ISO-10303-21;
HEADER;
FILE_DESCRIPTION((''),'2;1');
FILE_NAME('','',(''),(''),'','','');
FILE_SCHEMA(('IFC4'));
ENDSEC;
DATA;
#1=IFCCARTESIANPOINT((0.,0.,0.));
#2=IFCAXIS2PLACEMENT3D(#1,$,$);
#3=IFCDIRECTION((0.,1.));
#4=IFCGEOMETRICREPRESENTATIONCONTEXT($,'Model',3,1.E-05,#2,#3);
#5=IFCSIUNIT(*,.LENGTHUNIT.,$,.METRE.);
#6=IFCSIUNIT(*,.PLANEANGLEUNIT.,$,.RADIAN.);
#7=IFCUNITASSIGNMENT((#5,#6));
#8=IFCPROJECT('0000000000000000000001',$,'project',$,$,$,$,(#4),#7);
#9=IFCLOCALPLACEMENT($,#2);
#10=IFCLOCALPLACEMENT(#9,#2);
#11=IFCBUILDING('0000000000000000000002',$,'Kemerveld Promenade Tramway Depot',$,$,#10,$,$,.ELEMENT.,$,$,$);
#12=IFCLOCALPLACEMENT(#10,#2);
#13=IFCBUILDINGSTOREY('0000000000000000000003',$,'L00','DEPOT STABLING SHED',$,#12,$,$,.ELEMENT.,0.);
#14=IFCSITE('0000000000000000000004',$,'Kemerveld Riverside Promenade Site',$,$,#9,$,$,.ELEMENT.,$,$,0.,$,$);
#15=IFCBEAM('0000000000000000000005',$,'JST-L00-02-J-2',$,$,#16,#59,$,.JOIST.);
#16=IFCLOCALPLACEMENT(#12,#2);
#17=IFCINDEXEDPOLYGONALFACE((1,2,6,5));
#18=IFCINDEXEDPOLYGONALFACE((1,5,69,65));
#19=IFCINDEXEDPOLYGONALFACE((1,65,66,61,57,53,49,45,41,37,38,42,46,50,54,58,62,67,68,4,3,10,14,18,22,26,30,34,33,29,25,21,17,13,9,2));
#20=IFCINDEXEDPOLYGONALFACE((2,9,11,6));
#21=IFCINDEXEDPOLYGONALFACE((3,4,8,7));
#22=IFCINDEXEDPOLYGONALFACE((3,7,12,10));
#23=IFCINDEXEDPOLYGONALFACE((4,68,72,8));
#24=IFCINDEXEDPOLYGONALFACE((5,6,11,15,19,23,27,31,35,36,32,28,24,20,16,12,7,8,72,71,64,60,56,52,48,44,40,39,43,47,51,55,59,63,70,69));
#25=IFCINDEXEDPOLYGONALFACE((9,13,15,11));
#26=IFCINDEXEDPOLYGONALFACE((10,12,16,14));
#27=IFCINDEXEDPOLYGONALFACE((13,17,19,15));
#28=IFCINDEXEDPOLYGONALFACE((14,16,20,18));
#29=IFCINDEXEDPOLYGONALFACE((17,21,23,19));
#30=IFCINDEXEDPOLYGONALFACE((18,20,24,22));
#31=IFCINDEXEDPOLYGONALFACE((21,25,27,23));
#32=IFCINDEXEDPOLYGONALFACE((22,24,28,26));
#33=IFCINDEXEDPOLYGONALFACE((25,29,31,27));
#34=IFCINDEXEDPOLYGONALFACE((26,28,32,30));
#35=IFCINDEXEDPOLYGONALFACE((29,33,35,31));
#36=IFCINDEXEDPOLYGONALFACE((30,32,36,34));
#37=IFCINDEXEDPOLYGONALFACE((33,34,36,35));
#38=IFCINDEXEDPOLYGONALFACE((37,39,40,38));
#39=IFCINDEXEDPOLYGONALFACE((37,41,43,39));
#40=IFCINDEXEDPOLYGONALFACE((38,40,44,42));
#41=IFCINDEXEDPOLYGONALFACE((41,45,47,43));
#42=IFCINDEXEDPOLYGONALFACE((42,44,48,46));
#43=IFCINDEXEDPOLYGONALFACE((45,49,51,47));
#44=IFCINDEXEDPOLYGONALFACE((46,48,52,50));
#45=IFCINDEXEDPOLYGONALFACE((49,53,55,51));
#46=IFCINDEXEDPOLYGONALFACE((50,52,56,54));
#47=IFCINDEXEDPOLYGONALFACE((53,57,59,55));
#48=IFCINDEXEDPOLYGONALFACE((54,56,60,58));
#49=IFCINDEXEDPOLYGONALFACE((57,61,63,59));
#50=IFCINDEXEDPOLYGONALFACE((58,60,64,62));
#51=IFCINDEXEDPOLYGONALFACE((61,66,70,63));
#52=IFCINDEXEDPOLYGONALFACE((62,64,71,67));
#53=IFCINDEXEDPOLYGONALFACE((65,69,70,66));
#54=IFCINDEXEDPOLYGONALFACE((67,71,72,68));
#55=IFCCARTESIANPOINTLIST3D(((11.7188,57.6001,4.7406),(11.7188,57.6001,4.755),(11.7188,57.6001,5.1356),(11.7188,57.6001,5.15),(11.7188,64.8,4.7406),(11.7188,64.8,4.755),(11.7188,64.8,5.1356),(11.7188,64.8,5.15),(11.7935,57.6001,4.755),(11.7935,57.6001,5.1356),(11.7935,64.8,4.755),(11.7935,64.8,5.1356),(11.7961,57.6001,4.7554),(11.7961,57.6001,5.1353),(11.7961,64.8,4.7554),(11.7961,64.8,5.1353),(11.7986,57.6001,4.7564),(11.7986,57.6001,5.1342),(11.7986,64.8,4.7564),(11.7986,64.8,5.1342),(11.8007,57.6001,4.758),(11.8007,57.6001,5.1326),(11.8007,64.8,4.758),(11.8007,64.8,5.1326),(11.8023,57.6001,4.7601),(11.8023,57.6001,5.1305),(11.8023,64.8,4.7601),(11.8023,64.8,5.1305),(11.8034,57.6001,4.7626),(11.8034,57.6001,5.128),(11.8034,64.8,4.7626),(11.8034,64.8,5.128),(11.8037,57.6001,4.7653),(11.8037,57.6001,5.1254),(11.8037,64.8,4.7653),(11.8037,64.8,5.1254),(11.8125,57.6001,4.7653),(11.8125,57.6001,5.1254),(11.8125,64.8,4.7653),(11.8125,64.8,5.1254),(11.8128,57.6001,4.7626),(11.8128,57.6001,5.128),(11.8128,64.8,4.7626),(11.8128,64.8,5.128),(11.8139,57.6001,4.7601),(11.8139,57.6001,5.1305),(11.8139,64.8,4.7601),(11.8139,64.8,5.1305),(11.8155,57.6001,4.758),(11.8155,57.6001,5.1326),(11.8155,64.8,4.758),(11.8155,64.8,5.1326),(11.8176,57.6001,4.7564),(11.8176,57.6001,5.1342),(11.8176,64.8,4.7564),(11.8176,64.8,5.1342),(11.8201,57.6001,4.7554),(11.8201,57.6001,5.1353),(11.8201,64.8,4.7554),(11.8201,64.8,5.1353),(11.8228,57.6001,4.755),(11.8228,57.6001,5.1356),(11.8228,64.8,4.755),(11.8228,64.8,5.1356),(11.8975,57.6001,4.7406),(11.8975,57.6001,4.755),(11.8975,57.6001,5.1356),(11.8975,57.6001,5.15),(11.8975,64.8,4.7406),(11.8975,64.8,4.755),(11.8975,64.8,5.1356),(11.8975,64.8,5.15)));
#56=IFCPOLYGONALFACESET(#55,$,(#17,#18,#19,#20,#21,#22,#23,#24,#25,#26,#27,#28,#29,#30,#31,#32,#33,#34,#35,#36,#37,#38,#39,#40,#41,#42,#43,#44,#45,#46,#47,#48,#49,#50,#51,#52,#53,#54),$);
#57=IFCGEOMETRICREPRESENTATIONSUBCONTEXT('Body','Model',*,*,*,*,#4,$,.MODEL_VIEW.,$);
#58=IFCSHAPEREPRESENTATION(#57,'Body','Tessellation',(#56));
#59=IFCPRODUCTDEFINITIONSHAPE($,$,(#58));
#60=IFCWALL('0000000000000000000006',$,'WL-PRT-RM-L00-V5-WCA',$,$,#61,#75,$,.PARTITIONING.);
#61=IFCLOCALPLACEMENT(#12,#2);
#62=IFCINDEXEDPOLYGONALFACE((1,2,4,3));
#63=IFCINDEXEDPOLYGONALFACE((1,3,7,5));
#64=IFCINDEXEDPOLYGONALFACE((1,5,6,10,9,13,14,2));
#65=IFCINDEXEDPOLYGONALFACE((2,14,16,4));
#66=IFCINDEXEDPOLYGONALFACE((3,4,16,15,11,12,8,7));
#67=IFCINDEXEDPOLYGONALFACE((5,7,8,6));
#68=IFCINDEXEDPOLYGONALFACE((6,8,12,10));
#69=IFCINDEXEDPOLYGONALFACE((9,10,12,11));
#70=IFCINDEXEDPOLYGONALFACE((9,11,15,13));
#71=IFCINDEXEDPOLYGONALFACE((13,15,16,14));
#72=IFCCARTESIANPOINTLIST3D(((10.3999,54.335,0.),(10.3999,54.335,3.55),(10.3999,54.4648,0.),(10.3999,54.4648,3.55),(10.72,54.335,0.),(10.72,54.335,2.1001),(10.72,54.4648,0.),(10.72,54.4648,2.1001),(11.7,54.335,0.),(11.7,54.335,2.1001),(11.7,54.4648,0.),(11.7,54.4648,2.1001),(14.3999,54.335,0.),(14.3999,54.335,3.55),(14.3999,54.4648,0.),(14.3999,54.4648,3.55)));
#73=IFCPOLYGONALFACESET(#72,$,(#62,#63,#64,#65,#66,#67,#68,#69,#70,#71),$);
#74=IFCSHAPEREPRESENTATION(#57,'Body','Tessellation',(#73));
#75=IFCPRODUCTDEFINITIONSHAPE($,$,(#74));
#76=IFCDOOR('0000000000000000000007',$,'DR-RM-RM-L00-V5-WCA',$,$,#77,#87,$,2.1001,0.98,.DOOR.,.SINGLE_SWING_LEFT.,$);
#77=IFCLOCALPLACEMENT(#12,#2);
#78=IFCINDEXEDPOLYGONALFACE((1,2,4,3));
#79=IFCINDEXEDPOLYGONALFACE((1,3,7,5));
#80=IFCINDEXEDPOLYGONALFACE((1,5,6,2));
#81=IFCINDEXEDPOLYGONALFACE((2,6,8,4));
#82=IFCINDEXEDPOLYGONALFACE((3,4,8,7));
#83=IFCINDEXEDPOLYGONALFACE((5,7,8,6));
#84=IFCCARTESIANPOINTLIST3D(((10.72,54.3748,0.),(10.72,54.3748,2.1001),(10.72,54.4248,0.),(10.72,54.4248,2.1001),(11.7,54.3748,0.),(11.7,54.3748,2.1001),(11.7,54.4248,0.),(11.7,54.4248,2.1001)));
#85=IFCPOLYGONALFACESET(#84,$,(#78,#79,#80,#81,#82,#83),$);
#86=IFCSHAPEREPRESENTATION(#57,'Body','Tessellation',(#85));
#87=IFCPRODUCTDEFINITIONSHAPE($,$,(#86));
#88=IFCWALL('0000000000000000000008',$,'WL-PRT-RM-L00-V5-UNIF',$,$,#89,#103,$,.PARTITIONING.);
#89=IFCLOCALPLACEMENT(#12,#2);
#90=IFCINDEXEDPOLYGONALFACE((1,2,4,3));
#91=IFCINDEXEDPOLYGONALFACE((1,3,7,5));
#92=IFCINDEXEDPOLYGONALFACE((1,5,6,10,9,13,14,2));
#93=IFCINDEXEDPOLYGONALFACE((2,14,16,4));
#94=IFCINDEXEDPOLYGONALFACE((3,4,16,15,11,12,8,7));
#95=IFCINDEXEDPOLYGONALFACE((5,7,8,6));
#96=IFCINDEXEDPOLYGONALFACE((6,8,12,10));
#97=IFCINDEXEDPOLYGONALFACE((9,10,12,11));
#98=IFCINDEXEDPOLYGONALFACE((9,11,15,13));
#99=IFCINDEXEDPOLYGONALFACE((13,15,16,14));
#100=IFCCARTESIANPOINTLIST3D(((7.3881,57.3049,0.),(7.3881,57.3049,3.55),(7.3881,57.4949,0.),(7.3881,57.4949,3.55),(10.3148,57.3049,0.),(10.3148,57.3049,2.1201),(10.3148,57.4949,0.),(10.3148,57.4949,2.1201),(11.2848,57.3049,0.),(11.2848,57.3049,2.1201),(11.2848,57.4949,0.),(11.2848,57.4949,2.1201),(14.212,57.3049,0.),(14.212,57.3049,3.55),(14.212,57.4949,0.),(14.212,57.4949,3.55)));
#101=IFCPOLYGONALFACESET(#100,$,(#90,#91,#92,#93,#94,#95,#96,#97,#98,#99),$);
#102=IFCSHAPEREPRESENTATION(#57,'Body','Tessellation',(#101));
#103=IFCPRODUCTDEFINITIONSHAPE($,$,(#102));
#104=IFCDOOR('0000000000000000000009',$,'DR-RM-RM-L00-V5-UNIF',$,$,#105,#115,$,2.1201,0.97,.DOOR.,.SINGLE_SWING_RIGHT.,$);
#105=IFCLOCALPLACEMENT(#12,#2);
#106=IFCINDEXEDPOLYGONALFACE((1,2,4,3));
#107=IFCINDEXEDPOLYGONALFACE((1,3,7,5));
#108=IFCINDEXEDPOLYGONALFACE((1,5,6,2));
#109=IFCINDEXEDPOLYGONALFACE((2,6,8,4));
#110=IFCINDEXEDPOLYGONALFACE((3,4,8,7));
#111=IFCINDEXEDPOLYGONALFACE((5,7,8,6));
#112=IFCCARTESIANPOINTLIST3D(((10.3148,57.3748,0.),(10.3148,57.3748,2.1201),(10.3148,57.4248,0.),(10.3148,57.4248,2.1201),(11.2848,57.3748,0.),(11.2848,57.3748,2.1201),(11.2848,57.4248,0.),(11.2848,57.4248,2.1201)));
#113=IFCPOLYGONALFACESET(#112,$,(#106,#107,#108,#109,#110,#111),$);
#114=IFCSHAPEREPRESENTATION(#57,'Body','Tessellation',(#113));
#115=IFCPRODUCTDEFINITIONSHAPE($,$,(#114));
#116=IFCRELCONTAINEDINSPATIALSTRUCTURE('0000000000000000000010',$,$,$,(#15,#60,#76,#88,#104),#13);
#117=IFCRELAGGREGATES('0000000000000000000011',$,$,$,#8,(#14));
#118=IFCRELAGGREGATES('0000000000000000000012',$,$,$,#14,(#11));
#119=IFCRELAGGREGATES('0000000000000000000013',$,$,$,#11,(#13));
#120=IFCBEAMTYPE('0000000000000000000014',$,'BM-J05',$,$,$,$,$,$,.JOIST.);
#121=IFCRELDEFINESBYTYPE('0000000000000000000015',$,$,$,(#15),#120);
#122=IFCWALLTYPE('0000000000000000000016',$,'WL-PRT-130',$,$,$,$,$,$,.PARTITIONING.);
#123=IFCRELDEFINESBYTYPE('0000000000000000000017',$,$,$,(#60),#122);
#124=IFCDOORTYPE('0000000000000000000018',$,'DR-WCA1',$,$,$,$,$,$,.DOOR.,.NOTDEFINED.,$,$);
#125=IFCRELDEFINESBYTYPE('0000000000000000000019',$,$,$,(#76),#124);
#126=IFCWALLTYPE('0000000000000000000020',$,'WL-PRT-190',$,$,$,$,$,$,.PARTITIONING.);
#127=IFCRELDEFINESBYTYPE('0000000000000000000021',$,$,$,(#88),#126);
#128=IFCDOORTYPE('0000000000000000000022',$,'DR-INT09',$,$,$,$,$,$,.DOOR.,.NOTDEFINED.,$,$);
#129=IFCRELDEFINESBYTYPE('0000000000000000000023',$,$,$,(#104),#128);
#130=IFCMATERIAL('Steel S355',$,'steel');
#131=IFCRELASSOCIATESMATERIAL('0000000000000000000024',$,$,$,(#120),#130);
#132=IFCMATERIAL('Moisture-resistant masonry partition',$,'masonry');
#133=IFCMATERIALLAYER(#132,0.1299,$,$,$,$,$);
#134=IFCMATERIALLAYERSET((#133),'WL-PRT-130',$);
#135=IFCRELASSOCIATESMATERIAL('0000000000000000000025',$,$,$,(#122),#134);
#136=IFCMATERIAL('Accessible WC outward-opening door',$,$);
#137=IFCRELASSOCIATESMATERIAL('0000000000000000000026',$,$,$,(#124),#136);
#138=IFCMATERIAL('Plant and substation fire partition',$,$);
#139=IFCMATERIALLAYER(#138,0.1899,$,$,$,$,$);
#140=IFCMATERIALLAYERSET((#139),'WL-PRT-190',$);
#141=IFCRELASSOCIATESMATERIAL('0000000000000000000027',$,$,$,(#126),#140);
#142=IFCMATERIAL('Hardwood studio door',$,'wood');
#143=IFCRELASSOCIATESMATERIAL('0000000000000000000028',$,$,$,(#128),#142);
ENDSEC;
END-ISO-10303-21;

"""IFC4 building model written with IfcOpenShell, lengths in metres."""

from ifc_helpers import new_model, si_unit, direction, frame, frame_2d, origin, origin_2d, place, context, subcontext, project, spatial, rectangle, i_section, extrude, material, layer, layer_set, material_profile, profile_set, type_object, element, fill, save


model = new_model("IFC4")

# Units and contexts
model_context = context("Model", 3, precision=1e-05, world=origin(), true_north=direction((0.0, 1.0)))
body_context = subcontext(model_context, "Body", "Model", "MODEL_VIEW")
ifc_project = project(units=[si_unit("LENGTHUNIT", "METRE"), si_unit("PLANEANGLEUNIT", "RADIAN")], contexts=[model_context])

# Site, building, storey
site_placement = place(None, origin())
site = spatial("IfcSite", under=ifc_project, at=site_placement, Name="Kemerveld Riverside Promenade Site", CompositionType="ELEMENT", RefElevation=0.0)
building_placement = place(site_placement, origin())
building = spatial("IfcBuilding", under=site, at=building_placement, Name="Kemerveld Promenade Tramway Depot", CompositionType="ELEMENT")
storey_placement = place(building_placement, origin())
storey = spatial("IfcBuildingStorey", under=building, at=storey_placement, Name="L00", Description="DEPOT STABLING SHED", CompositionType="ELEMENT", Elevation=0.0)

# Shared definitions
ifc_material_1 = material(Name="Steel S355", Category="steel")

# Beam
ifc_material_profile_1 = material_profile(ifc_material_1, i_section(OverallWidth=0.1787, OverallDepth=0.4094, WebThickness=0.0088, FlangeThickness=0.0144, FilletRadius=0.0103, at=origin_2d()), Name="406x178x67 UB")
ifc_profile_set_1 = profile_set([ifc_material_profile_1], Name="Steel S355")
beam_type_1 = type_object("IfcBeamType", Name="BM-J05", PredefinedType="JOIST", material=ifc_profile_set_1)
for number, where, z_axis, x_axis, name in (
    (1, (11.8081, 57.6001, 4.9453), (0.0, 1.0, 0.0), (-1.0, 0.0, 0.0), "JST-L00-02-J-2"),
):
    element("IfcBeam", number, at=place(storey_placement, frame(where, z_axis=z_axis, x_axis=x_axis)), inside=storey, type_object=beam_type_1, Name=name, PredefinedType="JOIST", context=body_context, shape_type="SweptSolid", body=[
        extrude(i_section(OverallWidth=0.1787, OverallDepth=0.4094, WebThickness=0.0088, FlangeThickness=0.0144, FilletRadius=0.0103, at=origin_2d()), origin(), (0.0, 0.0, 1.0), 7.2),
    ])

# Walls, openings, doors
ifc_material_2 = material(Name="Moisture-resistant masonry partition", Category="masonry")
ifc_layer_1 = layer(ifc_material_2, 0.1299)
ifc_layer_set_1 = layer_set([ifc_layer_1], Name="WL-PRT-130")
wall_type_1 = type_object("IfcWallType", Name="WL-PRT-130", PredefinedType="PARTITIONING", material=ifc_layer_set_1)
wall_1_placement = place(storey_placement, frame((10.3999, 54.3999, 0.0), z_axis=(0.0, 0.0, 1.0), x_axis=(1.0, 0.0, 0.0)))
wall_1 = element("IfcWall", 2, at=wall_1_placement, inside=storey, type_object=wall_type_1, Name="WL-PRT-RM-L00-V5-WCA", PredefinedType="PARTITIONING", context=body_context, shape_type="SweptSolid", body=[
    extrude(rectangle(XDim=4.0, YDim=0.1299, at=frame_2d((2.0, 0.0))), origin(), (0.0, 0.0, 1.0), 3.55),
])
opening_1_placement = place(wall_1_placement, frame((0.3201, 0.0, 0.0)))
opening_1 = element("IfcOpeningElement", 3, at=opening_1_placement, cuts=wall_1, PredefinedType="OPENING", context=body_context, shape_type="SweptSolid", body=[
    extrude(rectangle(XDim=0.98, YDim=2.1001, at=frame_2d((0.49, 1.05))), frame((0.0, 0.075, 0.0), z_axis=(0.0, -1.0, 0.0), x_axis=(1.0, 0.0, 0.0)), (0.0, 0.0, 1.0), 0.1499),
])
ifc_material_3 = material(Name="Accessible WC outward-opening door")
door_type_1 = type_object("IfcDoorType", Name="DR-WCA1", OperationType="NOTDEFINED", PredefinedType="DOOR", material=ifc_material_3)
door_1_placement = place(opening_1_placement, origin())
door_1 = element("IfcDoor", 4, at=door_1_placement, inside=storey, type_object=door_type_1, Name="DR-RM-RM-L00-V5-WCA", OperationType="SINGLE_SWING_LEFT", OverallHeight=2.1001, OverallWidth=0.98, PredefinedType="DOOR", context=body_context, shape_type="SweptSolid", body=[
    extrude(rectangle(XDim=0.98, YDim=2.1001, at=frame_2d((0.49, 1.05))), frame((0.0, 0.0249, 0.0), z_axis=(0.0, -1.0, 0.0), x_axis=(1.0, 0.0, 0.0)), (0.0, 0.0, 1.0), 0.05),
])
fill(opening_1, door_1)
ifc_material_4 = material(Name="Plant and substation fire partition")
ifc_layer_2 = layer(ifc_material_4, 0.1899)
ifc_layer_set_2 = layer_set([ifc_layer_2], Name="WL-PRT-190")
wall_type_2 = type_object("IfcWallType", Name="WL-PRT-190", PredefinedType="PARTITIONING", material=ifc_layer_set_2)
wall_2_placement = place(storey_placement, frame((7.3879, 57.3999, 0.0), z_axis=(0.0, 0.0, 1.0), x_axis=(1.0, 0.0, 0.0)))
wall_2 = element("IfcWall", 5, at=wall_2_placement, inside=storey, type_object=wall_type_2, Name="WL-PRT-RM-L00-V5-UNIF", PredefinedType="PARTITIONING", context=body_context, shape_type="SweptSolid", body=[
    extrude(rectangle(XDim=6.824, YDim=0.1899, at=frame_2d((3.4121, 0.0))), origin(), (0.0, 0.0, 1.0), 3.55),
])
opening_2_placement = place(wall_2_placement, frame((2.927, 0.0, 0.0)))
opening_2 = element("IfcOpeningElement", 6, at=opening_2_placement, cuts=wall_2, PredefinedType="OPENING", context=body_context, shape_type="SweptSolid", body=[
    extrude(rectangle(XDim=0.97, YDim=2.1201, at=frame_2d((0.4849, 1.0601))), frame((0.0, 0.105, 0.0), z_axis=(0.0, -1.0, 0.0), x_axis=(1.0, 0.0, 0.0)), (0.0, 0.0, 1.0), 0.21),
])
ifc_material_5 = material(Name="Hardwood studio door", Category="wood")
door_type_2 = type_object("IfcDoorType", Name="DR-INT09", OperationType="NOTDEFINED", PredefinedType="DOOR", material=ifc_material_5)
door_2_placement = place(opening_2_placement, origin())
door_2 = element("IfcDoor", 7, at=door_2_placement, inside=storey, type_object=door_type_2, Name="DR-RM-RM-L00-V5-UNIF", OperationType="SINGLE_SWING_RIGHT", OverallHeight=2.1201, OverallWidth=0.97, PredefinedType="DOOR", context=body_context, shape_type="SweptSolid", body=[
    extrude(rectangle(XDim=0.97, YDim=2.1201, at=frame_2d((0.4849, 1.0601))), frame((0.0, 0.0249, 0.0), z_axis=(0.0, -1.0, 0.0), x_axis=(1.0, 0.0, 0.0)), (0.0, 0.0, 1.0), 0.05),
])
fill(opening_2, door_2)

save(model, "model.ifc")
